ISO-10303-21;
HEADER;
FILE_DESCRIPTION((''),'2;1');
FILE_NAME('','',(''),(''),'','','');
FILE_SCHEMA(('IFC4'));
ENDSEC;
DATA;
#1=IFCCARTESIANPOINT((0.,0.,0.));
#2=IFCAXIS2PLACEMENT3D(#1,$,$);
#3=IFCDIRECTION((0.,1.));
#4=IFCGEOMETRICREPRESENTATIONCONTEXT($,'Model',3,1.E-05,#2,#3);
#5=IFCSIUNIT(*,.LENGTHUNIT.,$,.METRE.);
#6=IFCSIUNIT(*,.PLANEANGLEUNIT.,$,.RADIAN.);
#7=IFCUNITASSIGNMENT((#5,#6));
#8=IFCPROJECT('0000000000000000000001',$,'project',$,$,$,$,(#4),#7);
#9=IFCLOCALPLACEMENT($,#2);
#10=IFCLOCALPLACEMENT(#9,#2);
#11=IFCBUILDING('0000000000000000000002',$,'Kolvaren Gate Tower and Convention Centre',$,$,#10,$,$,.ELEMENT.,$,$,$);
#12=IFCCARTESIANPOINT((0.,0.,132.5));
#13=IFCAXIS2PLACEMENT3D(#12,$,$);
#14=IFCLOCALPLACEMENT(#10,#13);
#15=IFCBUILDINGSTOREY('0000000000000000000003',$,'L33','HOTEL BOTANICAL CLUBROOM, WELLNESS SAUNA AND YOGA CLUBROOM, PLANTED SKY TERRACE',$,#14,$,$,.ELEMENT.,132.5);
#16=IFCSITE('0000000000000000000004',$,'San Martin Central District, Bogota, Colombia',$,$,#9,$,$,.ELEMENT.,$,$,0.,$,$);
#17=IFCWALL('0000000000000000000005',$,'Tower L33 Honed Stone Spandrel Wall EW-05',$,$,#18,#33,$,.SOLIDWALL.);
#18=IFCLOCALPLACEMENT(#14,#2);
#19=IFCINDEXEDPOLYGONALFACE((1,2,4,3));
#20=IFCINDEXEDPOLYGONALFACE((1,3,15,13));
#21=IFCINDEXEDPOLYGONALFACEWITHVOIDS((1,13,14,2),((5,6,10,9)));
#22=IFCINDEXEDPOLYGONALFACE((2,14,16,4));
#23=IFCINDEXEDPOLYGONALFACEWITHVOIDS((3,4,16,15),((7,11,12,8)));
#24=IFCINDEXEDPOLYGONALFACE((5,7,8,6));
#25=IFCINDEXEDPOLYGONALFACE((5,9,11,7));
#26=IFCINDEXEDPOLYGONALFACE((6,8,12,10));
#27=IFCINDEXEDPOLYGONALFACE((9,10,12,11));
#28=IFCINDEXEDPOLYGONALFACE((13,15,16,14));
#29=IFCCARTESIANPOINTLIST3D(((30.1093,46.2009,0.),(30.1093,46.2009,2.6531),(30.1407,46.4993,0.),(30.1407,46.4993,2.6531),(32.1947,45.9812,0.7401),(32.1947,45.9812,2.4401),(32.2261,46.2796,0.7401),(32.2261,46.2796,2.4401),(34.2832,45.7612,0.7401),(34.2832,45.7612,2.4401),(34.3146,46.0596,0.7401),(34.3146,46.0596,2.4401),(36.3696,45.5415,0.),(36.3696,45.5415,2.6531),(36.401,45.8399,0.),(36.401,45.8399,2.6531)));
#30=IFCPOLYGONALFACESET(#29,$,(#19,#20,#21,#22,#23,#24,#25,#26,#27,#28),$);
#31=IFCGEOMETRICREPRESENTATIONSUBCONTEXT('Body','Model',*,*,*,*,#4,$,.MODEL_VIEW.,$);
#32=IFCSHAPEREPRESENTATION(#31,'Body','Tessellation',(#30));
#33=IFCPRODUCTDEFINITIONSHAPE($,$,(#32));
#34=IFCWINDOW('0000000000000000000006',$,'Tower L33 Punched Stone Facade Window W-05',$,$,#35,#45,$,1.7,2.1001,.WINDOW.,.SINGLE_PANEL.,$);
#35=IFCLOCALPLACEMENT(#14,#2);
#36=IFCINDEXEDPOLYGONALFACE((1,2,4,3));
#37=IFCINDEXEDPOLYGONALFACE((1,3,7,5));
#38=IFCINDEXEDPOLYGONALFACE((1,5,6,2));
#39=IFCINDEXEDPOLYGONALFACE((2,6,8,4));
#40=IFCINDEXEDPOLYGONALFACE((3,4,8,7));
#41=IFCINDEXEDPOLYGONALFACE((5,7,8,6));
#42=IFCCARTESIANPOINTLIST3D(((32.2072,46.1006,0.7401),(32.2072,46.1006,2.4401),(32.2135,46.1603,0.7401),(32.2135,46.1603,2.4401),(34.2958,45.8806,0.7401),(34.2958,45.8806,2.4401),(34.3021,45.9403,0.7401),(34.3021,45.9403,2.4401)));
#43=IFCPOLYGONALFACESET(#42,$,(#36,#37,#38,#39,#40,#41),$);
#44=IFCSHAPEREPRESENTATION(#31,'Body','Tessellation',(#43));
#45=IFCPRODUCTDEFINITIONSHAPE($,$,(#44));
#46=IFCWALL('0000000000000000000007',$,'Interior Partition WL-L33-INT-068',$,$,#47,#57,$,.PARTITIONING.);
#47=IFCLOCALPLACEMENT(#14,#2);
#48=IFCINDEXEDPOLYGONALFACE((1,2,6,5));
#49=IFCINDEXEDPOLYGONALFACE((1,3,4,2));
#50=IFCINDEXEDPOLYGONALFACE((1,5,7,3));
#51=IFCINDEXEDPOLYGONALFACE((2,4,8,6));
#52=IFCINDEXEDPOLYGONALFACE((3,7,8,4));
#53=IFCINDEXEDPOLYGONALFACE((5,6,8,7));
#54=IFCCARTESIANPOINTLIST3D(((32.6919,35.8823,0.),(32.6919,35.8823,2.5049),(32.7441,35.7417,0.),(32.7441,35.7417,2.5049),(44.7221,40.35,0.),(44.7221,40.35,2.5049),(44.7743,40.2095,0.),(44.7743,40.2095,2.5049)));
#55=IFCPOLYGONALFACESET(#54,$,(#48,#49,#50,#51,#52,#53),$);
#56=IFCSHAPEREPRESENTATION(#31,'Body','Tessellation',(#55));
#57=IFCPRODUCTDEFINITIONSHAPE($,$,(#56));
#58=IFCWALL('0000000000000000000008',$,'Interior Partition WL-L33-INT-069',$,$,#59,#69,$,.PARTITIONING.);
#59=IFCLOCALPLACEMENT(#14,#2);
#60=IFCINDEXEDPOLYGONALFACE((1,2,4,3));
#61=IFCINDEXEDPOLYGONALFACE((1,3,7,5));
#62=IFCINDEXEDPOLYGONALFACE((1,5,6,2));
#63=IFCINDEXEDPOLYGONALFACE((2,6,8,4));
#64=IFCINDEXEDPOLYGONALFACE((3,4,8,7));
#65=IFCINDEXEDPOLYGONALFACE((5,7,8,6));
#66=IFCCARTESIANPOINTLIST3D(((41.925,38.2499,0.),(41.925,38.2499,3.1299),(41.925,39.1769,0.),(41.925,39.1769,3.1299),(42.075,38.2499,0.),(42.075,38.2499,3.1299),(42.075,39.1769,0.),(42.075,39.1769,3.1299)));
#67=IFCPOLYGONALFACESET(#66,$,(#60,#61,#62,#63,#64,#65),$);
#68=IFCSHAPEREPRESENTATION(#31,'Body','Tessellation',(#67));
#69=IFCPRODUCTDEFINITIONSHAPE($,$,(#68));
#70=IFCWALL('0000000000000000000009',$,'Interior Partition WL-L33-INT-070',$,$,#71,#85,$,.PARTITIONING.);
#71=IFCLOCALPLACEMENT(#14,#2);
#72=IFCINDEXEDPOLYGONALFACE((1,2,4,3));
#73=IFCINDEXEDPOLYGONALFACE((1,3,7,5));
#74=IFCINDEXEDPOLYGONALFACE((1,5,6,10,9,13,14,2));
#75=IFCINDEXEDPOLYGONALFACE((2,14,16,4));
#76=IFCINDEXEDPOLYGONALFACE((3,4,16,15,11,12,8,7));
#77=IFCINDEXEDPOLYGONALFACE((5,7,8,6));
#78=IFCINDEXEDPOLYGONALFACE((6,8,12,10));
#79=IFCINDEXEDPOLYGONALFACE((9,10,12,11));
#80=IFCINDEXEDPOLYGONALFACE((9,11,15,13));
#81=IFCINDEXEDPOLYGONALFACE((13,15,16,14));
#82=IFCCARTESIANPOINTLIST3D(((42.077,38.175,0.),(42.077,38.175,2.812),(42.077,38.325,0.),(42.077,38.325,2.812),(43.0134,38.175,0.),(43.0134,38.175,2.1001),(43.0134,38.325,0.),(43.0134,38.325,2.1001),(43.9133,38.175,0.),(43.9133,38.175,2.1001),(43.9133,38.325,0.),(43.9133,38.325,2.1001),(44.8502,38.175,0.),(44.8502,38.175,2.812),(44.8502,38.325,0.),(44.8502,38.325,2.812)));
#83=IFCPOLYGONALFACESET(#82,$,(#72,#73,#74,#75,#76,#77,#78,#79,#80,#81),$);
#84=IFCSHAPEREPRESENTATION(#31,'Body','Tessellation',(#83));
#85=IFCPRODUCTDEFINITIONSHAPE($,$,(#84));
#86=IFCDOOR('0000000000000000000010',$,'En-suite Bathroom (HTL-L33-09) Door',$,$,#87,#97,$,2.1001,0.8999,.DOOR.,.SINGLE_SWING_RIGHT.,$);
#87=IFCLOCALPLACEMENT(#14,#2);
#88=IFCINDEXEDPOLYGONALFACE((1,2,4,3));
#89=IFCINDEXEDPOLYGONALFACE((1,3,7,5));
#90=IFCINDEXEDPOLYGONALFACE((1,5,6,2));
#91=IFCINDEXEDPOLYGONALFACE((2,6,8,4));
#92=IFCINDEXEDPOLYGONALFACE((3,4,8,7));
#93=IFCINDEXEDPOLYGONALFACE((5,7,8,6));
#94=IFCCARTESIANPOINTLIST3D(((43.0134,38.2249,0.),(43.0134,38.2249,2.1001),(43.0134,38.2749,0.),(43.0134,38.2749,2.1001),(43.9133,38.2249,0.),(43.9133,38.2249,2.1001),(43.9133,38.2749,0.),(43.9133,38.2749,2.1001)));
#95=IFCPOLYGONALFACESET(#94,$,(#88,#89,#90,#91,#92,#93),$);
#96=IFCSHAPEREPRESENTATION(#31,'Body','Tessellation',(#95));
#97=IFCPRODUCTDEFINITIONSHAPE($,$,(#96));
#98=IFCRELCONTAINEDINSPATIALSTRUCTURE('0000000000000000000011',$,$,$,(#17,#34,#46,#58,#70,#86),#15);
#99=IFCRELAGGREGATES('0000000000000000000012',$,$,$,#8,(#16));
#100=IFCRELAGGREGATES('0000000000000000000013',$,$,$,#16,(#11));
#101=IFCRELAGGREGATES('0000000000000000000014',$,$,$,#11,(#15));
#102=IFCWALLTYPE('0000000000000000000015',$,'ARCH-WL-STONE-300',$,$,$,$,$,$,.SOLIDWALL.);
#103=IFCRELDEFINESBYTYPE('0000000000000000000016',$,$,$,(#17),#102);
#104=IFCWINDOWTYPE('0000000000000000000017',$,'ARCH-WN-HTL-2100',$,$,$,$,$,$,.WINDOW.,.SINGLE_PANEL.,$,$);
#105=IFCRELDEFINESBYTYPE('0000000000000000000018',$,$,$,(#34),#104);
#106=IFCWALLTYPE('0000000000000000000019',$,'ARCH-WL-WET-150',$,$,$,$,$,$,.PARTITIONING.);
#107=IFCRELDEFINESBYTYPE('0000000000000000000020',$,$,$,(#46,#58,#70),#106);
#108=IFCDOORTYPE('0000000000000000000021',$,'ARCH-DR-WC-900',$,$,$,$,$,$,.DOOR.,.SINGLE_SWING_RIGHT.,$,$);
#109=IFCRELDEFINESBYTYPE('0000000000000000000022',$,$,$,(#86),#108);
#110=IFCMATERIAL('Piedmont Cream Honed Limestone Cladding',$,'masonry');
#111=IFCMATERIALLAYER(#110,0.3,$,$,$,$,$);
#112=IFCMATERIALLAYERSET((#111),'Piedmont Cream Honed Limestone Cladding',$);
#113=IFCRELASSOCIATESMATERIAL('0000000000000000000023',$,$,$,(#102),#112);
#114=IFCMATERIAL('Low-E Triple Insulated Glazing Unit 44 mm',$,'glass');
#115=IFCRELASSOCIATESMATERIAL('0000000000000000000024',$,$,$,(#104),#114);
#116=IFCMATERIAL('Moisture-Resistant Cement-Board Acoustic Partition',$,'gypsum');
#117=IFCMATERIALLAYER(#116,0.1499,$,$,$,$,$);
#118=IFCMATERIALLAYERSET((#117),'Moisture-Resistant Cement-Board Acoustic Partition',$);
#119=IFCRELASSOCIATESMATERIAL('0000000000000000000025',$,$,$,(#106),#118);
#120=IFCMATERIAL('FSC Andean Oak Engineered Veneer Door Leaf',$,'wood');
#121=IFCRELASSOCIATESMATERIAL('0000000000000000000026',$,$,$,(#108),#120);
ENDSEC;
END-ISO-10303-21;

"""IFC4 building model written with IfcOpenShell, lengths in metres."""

from ifc_helpers import new_model, si_unit, direction, frame, frame_2d, origin, place, context, subcontext, project, spatial, rectangle, extrude, material, layer, layer_set, type_object, element, fill, save


model = new_model("IFC4")

# Units and contexts
model_context = context("Model", 3, precision=1e-05, world=origin(), true_north=direction((0.0, 1.0)))
body_context = subcontext(model_context, "Body", "Model", "MODEL_VIEW")
ifc_project = project(units=[si_unit("LENGTHUNIT", "METRE"), si_unit("PLANEANGLEUNIT", "RADIAN")], contexts=[model_context])

# Site, building, storey
site_placement = place(None, origin())
site = spatial("IfcSite", under=ifc_project, at=site_placement, Name="San Martin Central District, Bogota, Colombia", CompositionType="ELEMENT", RefElevation=0.0)
building_placement = place(site_placement, origin())
building = spatial("IfcBuilding", under=site, at=building_placement, Name="Kolvaren Gate Tower and Convention Centre", CompositionType="ELEMENT")
storey_placement = place(building_placement, frame((0.0, 0.0, 132.5)))
storey = spatial("IfcBuildingStorey", under=building, at=storey_placement, Name="L33", Description="HOTEL BOTANICAL CLUBROOM, WELLNESS SAUNA AND YOGA CLUBROOM, PLANTED SKY TERRACE", CompositionType="ELEMENT", Elevation=132.5)

# Shared definitions
ifc_material_1 = material(Name="Piedmont Cream Honed Limestone Cladding", Category="masonry")
ifc_layer_1 = layer(ifc_material_1, 0.3)
ifc_layer_set_1 = layer_set([ifc_layer_1], Name="Piedmont Cream Honed Limestone Cladding")
wall_type_1 = type_object("IfcWallType", Name="ARCH-WL-STONE-300", PredefinedType="SOLIDWALL", material=ifc_layer_set_1)
ifc_material_2 = material(Name="Low-E Triple Insulated Glazing Unit 44 mm", Category="glass")
window_type_1 = type_object("IfcWindowType", Name="ARCH-WN-HTL-2100", PartitioningType="SINGLE_PANEL", PredefinedType="WINDOW", material=ifc_material_2)

# Wall, opening, window
wall_1_placement = place(storey_placement, frame((30.125, 46.3501, 0.0), z_axis=(0.0, 0.0, 1.0), x_axis=(0.994498, -0.104755, 0.0)))
wall_1 = element("IfcWall", 1, at=wall_1_placement, inside=storey, type_object=wall_type_1, Name="Tower L33 Honed Stone Spandrel Wall EW-05", PredefinedType="SOLIDWALL", context=body_context, shape_type="SweptSolid", body=[
    extrude(rectangle(XDim=6.2949, YDim=0.3, at=frame_2d((3.1475, 0.0))), origin(), (0.0, 0.0, 1.0), 2.6531),
])
opening_1_placement = place(wall_1_placement, frame((2.0969, 0.0, 0.74)))
opening_1 = element("IfcOpeningElement", 2, at=opening_1_placement, cuts=wall_1, PredefinedType="OPENING", context=body_context, shape_type="SweptSolid", body=[
    extrude(rectangle(XDim=2.1001, YDim=1.7, at=frame_2d((1.05, 0.8501))), frame((0.0, 0.1599, 0.0), z_axis=(0.0, -1.0, 0.0), x_axis=(1.0, 0.0, 0.0)), (0.0, 0.0, 1.0), 0.3201),
])
window_1_placement = place(opening_1_placement, origin())
window_1 = element("IfcWindow", 3, at=window_1_placement, inside=storey, type_object=window_type_1, Name="Tower L33 Punched Stone Facade Window W-05", OverallHeight=1.7, OverallWidth=2.1001, PartitioningType="SINGLE_PANEL", PredefinedType="WINDOW", context=body_context, shape_type="SweptSolid", body=[
    extrude(rectangle(XDim=2.1001, YDim=1.7, at=frame_2d((1.05, 0.8501))), frame((0.0, 0.03, 0.0), z_axis=(0.0, -1.0, 0.0), x_axis=(1.0, 0.0, 0.0)), (0.0, 0.0, 1.0), 0.0601),
])
fill(opening_1, window_1)

# Walls
ifc_material_3 = material(Name="Moisture-Resistant Cement-Board Acoustic Partition", Category="gypsum")
ifc_layer_2 = layer(ifc_material_3, 0.1499)
ifc_layer_set_2 = layer_set([ifc_layer_2], Name="Moisture-Resistant Cement-Board Acoustic Partition")
wall_type_2 = type_object("IfcWallType", Name="ARCH-WL-WET-150", PredefinedType="PARTITIONING", material=ifc_layer_set_2)
wall_2_placement = place(storey_placement, frame((32.718, 35.812, 0.0), z_axis=(0.0, 0.0, 1.0), x_axis=(0.937441, 0.348144, 0.0)))
element("IfcWall", 4, at=wall_2_placement, inside=storey, type_object=wall_type_2, Name="Interior Partition WL-L33-INT-068", PredefinedType="PARTITIONING", context=body_context, shape_type="SweptSolid", body=[
    extrude(rectangle(XDim=12.833, YDim=0.1499, at=frame_2d((6.4165, 0.0))), origin(), (0.0, 0.0, 1.0), 2.5049),
])
wall_3_placement = place(storey_placement, frame((42.0, 38.25, 0.0), z_axis=(0.0, 0.0, 1.0), x_axis=(0.0, 1.0, 0.0)))
element("IfcWall", 5, at=wall_3_placement, inside=storey, type_object=wall_type_2, Name="Interior Partition WL-L33-INT-069", PredefinedType="PARTITIONING", context=body_context, shape_type="SweptSolid", body=[
    extrude(rectangle(XDim=0.927, YDim=0.1499, at=frame_2d((0.4634, 0.0))), origin(), (0.0, 0.0, 1.0), 3.1299),
])

# Wall, opening, door
wall_4_placement = place(storey_placement, frame((42.0769, 38.25, 0.0), z_axis=(0.0, 0.0, 1.0), x_axis=(1.0, 0.0, 0.0)))
wall_4 = element("IfcWall", 6, at=wall_4_placement, inside=storey, type_object=wall_type_2, Name="Interior Partition WL-L33-INT-070", PredefinedType="PARTITIONING", context=body_context, shape_type="SweptSolid", body=[
    extrude(rectangle(XDim=2.7732, YDim=0.1499, at=frame_2d((1.3867, 0.0))), origin(), (0.0, 0.0, 1.0), 2.812),
])
opening_2_placement = place(wall_4_placement, frame((0.9365, 0.0, 0.0)))
opening_2 = element("IfcOpeningElement", 7, at=opening_2_placement, cuts=wall_4, PredefinedType="OPENING", context=body_context, shape_type="SweptSolid", body=[
    extrude(rectangle(XDim=0.8999, YDim=2.1001, at=frame_2d((0.45, 1.05))), frame((0.0, 0.085, 0.0), z_axis=(0.0, -1.0, 0.0), x_axis=(1.0, 0.0, 0.0)), (0.0, 0.0, 1.0), 0.1699),
])
ifc_material_4 = material(Name="FSC Andean Oak Engineered Veneer Door Leaf", Category="wood")
door_type_1 = type_object("IfcDoorType", Name="ARCH-DR-WC-900", OperationType="SINGLE_SWING_RIGHT", PredefinedType="DOOR", material=ifc_material_4)
door_1_placement = place(opening_2_placement, origin())
door_1 = element("IfcDoor", 8, at=door_1_placement, inside=storey, type_object=door_type_1, Name="En-suite Bathroom (HTL-L33-09) Door", OperationType="SINGLE_SWING_RIGHT", OverallHeight=2.1001, OverallWidth=0.8999, PredefinedType="DOOR", context=body_context, shape_type="SweptSolid", body=[
    extrude(rectangle(XDim=0.8999, YDim=2.1001, at=frame_2d((0.45, 1.05))), frame((0.0, 0.0249, 0.0), z_axis=(0.0, -1.0, 0.0), x_axis=(1.0, 0.0, 0.0)), (0.0, 0.0, 1.0), 0.05),
])
fill(opening_2, door_1)

save(model, "model.ifc")
